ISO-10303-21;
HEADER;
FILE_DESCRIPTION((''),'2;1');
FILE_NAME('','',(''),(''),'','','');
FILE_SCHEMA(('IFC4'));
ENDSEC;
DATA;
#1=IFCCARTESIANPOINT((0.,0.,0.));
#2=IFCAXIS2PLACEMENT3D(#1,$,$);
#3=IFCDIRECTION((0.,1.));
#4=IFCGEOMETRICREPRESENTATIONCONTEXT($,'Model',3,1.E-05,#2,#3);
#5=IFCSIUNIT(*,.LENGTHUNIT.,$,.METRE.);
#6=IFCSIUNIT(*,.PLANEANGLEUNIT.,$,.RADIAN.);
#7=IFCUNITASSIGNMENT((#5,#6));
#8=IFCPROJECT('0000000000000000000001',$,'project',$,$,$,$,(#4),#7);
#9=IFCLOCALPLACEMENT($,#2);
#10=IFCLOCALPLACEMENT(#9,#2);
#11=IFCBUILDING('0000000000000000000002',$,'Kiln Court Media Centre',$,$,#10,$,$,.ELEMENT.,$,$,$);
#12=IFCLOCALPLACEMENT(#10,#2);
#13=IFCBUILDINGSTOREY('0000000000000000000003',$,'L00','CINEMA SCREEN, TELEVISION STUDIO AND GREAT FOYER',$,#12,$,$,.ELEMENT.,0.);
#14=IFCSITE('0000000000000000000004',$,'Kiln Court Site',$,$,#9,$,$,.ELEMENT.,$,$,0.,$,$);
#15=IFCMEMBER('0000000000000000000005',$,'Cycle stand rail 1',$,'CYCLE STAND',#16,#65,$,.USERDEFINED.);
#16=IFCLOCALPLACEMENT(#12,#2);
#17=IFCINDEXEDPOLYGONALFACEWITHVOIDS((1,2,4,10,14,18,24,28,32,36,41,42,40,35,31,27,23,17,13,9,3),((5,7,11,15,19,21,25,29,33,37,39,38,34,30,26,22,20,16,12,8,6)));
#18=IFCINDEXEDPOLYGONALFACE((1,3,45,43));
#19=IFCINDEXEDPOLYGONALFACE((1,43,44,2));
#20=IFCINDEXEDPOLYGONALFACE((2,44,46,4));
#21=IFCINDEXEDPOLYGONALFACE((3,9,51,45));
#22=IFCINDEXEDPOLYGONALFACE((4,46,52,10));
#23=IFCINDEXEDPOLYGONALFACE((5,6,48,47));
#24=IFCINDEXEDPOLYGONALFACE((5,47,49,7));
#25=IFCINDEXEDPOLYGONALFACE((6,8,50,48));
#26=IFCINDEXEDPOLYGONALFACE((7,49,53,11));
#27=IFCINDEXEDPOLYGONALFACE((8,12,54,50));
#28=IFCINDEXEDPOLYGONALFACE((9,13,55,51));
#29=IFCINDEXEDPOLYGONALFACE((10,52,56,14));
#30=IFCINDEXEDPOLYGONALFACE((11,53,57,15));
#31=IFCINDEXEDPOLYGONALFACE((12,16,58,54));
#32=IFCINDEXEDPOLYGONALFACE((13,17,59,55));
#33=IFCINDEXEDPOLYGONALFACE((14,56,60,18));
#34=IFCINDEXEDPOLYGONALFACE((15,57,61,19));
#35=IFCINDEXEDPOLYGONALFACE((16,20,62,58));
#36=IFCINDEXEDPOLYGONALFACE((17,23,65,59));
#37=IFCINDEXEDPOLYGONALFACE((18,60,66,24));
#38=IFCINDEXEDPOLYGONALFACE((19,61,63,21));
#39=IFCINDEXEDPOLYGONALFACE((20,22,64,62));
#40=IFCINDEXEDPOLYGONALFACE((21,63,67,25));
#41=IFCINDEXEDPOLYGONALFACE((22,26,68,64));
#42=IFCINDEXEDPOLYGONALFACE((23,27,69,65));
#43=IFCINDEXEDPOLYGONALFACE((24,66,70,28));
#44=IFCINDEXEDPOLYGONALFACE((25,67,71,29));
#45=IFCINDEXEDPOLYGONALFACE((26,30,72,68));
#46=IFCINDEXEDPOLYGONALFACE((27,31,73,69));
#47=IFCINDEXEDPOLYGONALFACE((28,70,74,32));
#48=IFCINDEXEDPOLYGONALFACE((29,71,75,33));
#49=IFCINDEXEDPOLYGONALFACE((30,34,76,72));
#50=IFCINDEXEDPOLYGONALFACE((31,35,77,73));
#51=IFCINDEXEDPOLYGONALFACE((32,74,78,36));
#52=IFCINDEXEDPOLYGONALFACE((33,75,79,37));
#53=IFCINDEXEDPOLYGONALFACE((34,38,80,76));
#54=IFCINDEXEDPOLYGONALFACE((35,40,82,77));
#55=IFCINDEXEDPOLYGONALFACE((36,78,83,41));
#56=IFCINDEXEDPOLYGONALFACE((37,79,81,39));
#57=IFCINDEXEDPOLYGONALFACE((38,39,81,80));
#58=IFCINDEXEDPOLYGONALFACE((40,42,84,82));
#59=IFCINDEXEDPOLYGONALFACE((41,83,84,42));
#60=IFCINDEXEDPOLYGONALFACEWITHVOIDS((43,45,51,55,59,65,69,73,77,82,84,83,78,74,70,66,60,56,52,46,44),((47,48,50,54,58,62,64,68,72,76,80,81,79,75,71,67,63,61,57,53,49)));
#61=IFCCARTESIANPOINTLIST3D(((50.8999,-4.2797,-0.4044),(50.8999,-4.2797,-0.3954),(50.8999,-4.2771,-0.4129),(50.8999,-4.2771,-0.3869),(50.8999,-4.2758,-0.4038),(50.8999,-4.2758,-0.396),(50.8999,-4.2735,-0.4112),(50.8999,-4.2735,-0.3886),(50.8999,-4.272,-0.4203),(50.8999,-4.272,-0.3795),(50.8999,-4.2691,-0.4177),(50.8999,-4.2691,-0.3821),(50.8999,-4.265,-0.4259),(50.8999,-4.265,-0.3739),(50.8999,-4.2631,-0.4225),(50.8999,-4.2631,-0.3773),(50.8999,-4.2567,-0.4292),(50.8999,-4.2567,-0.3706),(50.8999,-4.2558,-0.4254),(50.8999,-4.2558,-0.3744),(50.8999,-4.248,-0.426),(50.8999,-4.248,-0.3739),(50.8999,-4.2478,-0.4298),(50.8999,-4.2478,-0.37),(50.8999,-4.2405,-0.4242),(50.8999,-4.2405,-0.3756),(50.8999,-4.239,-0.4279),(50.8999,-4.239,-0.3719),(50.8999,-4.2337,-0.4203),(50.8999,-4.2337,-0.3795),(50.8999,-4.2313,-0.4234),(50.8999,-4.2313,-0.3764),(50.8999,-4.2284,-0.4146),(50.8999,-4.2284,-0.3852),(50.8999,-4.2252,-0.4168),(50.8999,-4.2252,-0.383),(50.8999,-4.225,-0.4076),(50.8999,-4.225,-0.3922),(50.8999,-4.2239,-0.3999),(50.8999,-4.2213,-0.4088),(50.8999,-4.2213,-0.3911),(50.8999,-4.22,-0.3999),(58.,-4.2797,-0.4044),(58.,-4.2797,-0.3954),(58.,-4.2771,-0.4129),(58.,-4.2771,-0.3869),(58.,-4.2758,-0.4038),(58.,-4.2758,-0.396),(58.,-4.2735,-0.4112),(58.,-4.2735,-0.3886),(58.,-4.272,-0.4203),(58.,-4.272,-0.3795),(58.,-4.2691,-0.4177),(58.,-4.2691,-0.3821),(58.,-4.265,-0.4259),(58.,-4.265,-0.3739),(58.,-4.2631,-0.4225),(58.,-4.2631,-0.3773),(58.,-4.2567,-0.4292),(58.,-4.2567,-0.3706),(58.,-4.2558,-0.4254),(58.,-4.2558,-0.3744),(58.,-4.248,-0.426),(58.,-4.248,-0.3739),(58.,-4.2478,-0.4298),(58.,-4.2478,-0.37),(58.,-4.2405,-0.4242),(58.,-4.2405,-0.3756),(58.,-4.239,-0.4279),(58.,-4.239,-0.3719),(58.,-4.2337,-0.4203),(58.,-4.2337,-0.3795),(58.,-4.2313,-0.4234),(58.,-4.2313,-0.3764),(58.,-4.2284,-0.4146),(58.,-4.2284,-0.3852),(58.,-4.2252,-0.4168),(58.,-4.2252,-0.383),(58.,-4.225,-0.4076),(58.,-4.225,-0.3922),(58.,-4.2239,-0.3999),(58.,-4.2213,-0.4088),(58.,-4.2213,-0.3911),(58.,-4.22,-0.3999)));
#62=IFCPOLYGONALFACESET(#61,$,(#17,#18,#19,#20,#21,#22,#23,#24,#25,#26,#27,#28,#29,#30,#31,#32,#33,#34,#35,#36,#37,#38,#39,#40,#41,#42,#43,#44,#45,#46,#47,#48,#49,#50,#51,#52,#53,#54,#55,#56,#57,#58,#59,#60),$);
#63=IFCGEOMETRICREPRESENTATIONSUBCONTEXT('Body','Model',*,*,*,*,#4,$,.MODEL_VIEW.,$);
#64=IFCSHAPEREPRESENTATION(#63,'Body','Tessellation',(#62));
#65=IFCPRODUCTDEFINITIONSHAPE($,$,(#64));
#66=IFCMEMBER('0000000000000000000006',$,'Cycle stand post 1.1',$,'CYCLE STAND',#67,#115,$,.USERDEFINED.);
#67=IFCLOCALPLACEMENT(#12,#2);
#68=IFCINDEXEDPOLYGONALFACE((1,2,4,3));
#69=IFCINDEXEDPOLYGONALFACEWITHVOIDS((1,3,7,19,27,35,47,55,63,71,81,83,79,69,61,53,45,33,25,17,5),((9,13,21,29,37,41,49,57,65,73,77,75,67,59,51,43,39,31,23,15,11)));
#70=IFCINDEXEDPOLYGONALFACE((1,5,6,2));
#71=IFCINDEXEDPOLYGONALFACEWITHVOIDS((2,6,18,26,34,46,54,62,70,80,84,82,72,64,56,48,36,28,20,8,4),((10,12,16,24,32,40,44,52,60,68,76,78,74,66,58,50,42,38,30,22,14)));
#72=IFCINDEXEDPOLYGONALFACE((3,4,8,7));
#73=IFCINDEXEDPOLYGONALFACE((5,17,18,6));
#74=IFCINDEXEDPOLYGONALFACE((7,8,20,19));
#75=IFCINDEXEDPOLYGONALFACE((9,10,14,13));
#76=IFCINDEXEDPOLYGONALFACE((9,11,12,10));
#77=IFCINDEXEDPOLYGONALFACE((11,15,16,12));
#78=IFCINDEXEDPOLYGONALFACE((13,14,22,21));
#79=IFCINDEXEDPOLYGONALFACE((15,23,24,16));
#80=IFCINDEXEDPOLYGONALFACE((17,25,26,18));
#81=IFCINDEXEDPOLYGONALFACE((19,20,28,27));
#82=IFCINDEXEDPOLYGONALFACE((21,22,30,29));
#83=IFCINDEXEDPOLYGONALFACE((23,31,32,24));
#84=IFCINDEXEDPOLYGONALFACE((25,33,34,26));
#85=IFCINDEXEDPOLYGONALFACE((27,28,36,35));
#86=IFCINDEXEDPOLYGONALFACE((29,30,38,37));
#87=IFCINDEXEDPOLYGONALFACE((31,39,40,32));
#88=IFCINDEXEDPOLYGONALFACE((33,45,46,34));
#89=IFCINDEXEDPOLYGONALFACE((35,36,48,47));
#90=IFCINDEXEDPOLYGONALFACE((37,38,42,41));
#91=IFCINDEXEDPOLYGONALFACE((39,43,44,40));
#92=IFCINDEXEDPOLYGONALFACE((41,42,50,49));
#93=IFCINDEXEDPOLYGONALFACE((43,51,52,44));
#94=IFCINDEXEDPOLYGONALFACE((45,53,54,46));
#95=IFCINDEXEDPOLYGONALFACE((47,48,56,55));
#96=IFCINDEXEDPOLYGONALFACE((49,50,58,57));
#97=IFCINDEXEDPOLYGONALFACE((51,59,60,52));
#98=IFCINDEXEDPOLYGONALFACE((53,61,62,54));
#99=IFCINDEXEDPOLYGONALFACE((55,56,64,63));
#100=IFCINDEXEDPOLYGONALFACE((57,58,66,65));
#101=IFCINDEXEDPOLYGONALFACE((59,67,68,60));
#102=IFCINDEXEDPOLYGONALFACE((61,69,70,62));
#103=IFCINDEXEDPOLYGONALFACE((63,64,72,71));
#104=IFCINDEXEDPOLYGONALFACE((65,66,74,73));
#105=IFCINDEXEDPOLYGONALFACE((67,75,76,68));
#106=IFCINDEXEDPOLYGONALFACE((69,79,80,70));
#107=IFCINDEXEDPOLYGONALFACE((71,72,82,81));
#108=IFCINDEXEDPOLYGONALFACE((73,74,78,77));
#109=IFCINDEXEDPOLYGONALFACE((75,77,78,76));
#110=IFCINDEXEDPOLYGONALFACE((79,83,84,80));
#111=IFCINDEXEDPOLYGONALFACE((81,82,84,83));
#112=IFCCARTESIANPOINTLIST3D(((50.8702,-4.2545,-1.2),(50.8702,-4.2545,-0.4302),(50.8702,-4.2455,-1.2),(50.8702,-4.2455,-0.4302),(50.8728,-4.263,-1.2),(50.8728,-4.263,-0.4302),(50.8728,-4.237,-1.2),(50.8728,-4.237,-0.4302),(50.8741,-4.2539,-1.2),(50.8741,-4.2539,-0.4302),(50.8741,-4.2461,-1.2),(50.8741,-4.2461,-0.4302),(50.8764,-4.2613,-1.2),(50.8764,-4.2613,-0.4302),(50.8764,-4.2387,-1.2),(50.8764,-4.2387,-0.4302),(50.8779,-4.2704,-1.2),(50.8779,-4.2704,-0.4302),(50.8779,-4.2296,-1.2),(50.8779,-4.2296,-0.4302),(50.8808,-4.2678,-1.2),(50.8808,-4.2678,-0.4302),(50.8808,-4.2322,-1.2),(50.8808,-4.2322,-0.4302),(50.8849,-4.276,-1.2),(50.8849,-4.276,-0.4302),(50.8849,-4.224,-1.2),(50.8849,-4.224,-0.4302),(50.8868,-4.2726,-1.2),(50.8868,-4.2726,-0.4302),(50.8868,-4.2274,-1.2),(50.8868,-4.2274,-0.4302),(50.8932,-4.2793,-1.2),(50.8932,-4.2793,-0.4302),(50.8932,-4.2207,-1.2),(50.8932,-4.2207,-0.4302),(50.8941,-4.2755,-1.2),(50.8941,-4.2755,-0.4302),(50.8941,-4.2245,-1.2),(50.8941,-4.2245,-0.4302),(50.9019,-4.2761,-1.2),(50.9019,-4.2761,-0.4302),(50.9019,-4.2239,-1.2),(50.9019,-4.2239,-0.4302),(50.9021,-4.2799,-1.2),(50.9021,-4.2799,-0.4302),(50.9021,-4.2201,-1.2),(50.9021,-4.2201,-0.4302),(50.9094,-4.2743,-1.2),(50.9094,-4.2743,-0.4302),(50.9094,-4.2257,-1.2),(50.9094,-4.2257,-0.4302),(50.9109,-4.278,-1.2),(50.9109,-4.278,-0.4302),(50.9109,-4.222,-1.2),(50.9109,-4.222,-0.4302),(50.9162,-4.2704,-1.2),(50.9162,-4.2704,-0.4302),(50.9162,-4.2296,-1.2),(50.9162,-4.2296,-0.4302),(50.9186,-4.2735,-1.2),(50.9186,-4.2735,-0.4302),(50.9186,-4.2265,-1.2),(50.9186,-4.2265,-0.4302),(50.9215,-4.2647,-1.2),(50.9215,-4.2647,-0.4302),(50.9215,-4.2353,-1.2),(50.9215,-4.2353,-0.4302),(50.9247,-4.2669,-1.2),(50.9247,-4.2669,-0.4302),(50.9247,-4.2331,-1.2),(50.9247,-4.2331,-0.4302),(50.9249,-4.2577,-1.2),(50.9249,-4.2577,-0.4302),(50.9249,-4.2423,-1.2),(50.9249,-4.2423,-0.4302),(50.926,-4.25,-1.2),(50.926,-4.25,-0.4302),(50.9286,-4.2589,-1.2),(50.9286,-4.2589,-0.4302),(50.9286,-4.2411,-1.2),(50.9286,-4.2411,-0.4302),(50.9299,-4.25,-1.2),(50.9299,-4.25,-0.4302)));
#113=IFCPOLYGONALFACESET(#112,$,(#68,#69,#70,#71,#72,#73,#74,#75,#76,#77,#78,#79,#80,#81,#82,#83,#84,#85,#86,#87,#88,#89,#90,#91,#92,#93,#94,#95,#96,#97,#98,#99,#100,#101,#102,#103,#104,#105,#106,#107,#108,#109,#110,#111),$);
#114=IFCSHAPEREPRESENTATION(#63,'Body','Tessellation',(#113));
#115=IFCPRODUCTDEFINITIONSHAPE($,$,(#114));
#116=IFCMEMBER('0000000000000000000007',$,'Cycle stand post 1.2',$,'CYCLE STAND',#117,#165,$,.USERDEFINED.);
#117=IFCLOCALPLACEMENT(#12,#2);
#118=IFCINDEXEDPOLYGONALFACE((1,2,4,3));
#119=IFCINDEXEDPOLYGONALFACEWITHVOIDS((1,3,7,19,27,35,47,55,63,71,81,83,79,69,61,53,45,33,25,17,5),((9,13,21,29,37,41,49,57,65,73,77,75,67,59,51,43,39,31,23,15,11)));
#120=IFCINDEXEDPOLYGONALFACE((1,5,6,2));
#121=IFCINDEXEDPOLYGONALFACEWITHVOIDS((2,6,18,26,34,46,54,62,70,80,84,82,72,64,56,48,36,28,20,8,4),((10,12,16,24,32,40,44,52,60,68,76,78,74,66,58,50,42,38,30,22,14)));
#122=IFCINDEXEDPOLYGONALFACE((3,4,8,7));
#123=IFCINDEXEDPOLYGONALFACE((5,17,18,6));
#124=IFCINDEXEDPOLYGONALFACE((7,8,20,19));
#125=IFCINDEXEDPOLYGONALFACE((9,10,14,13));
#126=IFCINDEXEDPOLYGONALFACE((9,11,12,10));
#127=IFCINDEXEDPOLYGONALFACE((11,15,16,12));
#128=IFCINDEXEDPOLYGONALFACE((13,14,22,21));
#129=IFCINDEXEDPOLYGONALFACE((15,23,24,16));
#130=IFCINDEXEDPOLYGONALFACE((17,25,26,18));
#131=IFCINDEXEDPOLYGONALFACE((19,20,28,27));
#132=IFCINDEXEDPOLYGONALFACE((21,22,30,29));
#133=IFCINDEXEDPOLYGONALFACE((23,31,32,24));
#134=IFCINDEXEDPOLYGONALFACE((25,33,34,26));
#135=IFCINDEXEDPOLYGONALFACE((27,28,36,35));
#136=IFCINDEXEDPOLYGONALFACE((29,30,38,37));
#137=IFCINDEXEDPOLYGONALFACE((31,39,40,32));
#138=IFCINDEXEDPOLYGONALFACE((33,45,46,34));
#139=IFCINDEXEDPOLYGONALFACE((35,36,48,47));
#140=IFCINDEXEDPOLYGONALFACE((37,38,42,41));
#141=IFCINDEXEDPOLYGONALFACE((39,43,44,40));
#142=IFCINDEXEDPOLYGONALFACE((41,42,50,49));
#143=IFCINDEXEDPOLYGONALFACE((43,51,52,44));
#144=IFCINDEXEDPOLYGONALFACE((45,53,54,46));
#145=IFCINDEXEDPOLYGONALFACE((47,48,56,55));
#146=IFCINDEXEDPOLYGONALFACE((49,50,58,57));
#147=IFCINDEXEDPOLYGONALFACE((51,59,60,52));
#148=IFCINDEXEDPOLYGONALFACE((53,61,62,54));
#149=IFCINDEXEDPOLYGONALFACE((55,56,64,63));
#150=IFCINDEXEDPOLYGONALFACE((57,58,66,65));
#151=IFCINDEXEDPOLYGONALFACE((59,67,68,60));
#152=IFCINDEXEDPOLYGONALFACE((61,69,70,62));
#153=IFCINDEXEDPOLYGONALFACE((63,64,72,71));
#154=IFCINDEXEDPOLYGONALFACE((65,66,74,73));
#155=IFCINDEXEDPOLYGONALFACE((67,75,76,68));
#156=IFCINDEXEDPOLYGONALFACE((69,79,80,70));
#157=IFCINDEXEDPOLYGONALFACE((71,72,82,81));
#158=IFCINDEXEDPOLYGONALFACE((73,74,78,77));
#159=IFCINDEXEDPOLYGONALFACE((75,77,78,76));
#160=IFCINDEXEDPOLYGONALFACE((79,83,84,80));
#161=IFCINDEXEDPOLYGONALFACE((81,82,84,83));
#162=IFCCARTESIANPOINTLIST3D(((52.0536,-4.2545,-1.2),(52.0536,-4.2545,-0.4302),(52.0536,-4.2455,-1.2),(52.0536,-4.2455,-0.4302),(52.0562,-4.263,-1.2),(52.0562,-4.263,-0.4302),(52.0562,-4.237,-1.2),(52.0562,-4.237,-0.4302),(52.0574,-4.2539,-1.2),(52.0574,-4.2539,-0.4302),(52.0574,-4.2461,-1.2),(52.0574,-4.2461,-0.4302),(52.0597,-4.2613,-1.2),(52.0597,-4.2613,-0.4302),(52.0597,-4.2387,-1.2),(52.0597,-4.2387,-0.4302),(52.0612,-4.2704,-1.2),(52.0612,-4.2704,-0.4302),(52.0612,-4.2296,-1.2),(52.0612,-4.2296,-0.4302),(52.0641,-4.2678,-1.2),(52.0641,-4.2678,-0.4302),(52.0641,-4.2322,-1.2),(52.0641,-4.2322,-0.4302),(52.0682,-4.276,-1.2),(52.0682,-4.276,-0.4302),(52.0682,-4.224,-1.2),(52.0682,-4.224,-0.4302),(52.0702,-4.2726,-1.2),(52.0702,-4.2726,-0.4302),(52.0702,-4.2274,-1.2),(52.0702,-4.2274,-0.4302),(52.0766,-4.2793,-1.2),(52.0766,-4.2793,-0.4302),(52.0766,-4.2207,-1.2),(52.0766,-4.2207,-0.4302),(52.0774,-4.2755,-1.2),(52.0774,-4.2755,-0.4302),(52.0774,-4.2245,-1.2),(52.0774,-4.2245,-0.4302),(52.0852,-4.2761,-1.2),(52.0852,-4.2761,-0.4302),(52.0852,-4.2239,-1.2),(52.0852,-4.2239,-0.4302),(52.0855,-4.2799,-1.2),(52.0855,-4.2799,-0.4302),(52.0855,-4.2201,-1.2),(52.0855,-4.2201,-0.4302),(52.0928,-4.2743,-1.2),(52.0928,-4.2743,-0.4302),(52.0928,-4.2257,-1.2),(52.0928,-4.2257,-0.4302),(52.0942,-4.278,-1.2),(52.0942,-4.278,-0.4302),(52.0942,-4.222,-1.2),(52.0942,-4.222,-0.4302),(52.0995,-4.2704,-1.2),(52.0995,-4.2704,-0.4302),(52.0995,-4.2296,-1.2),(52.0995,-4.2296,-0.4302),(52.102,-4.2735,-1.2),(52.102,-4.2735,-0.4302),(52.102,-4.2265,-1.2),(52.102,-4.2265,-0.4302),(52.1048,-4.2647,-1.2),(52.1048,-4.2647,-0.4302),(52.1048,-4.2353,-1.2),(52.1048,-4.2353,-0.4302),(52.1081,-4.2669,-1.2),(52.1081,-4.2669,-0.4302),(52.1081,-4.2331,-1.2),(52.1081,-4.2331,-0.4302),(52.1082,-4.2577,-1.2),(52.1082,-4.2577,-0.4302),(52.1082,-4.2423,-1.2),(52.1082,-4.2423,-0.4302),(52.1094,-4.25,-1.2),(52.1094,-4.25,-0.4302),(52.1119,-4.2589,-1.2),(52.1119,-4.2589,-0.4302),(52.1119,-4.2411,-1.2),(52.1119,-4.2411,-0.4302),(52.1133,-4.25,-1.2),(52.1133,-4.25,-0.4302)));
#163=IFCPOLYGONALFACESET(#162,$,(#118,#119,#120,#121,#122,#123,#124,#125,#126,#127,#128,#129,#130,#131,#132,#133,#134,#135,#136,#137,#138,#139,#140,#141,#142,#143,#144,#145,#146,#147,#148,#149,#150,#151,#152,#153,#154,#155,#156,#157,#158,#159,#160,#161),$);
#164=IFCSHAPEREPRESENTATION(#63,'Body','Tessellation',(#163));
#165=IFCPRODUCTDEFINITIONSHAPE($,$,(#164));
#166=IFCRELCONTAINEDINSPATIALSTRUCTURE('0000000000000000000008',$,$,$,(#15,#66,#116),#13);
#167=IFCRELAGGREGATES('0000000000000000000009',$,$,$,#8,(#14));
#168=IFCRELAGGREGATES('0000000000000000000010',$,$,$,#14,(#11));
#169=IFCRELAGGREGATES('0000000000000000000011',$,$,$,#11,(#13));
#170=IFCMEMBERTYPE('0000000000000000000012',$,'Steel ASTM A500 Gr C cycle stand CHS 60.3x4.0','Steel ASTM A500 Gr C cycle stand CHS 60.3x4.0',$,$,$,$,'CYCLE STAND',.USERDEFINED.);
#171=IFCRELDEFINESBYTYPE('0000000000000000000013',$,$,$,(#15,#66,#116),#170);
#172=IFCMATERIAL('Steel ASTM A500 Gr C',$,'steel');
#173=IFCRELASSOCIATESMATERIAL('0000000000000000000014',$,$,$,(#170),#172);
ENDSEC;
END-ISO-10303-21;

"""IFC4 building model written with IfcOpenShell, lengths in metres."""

from ifc_helpers import new_model, si_unit, direction, frame, origin, origin_2d, place, context, subcontext, project, spatial, hollow_circle, extrude, material, material_profile, profile_set, type_object, element, save


model = new_model("IFC4")

# Units and contexts
model_context = context("Model", 3, precision=1e-05, world=origin(), true_north=direction((0.0, 1.0)))
body_context = subcontext(model_context, "Body", "Model", "MODEL_VIEW")
ifc_project = project(units=[si_unit("LENGTHUNIT", "METRE"), si_unit("PLANEANGLEUNIT", "RADIAN")], contexts=[model_context])

# Site, building, storey
site_placement = place(None, origin())
site = spatial("IfcSite", under=ifc_project, at=site_placement, Name="Kiln Court Site", CompositionType="ELEMENT", RefElevation=0.0)
building_placement = place(site_placement, origin())
building = spatial("IfcBuilding", under=site, at=building_placement, Name="Kiln Court Media Centre", CompositionType="ELEMENT")
storey_placement = place(building_placement, origin())
storey = spatial("IfcBuildingStorey", under=building, at=storey_placement, Name="L00", Description="CINEMA SCREEN, TELEVISION STUDIO AND GREAT FOYER", CompositionType="ELEMENT", Elevation=0.0)

# Members
ifc_material = material(Name="Steel ASTM A500 Gr C", Category="steel")
ifc_material_profile = material_profile(ifc_material, hollow_circle(Radius=0.03, WallThickness=0.0039, at=origin_2d()), Name="CHS 60.3x4.0")
ifc_profile_set = profile_set([ifc_material_profile], Name="Steel ASTM A500 Gr C")
member_type = type_object("IfcMemberType", Name="Steel ASTM A500 Gr C cycle stand CHS 60.3x4.0", Description="Steel ASTM A500 Gr C cycle stand CHS 60.3x4.0", ElementType="CYCLE STAND", PredefinedType="USERDEFINED", material=ifc_profile_set)
member_1_placement = place(storey_placement, frame((50.8999, -4.25, -0.3999), z_axis=(1.0, 0.0, 0.0), x_axis=(0.0, 1.0, 0.0)))
element("IfcMember", 1, at=member_1_placement, inside=storey, type_object=member_type, Name="Cycle stand rail 1", ObjectType="CYCLE STAND", PredefinedType="USERDEFINED", context=body_context, shape_type="SweptSolid", body=[
    extrude(hollow_circle(Radius=0.03, WallThickness=0.0039, at=origin_2d()), origin(), (0.0, 0.0, 1.0), 7.1001),
])
for number, where, z_axis, x_axis, name in (
    (2, (50.8999, -4.25, -1.2), (0.0, 0.0, 1.0), (1.0, 0.0, 0.0), "Cycle stand post 1.1"),
    (3, (52.0833, -4.25, -1.2), (0.0, 0.0, 1.0), (1.0, 0.0, 0.0), "Cycle stand post 1.2"),
):
    element("IfcMember", number, at=place(storey_placement, frame(where, z_axis=z_axis, x_axis=x_axis)), inside=storey, type_object=member_type, Name=name, ObjectType="CYCLE STAND", PredefinedType="USERDEFINED", context=body_context, shape_type="SweptSolid", body=[
        extrude(hollow_circle(Radius=0.03, WallThickness=0.0039, at=origin_2d()), origin(), (0.0, 0.0, 1.0), 0.7698),
    ])

save(model, "model.ifc")
